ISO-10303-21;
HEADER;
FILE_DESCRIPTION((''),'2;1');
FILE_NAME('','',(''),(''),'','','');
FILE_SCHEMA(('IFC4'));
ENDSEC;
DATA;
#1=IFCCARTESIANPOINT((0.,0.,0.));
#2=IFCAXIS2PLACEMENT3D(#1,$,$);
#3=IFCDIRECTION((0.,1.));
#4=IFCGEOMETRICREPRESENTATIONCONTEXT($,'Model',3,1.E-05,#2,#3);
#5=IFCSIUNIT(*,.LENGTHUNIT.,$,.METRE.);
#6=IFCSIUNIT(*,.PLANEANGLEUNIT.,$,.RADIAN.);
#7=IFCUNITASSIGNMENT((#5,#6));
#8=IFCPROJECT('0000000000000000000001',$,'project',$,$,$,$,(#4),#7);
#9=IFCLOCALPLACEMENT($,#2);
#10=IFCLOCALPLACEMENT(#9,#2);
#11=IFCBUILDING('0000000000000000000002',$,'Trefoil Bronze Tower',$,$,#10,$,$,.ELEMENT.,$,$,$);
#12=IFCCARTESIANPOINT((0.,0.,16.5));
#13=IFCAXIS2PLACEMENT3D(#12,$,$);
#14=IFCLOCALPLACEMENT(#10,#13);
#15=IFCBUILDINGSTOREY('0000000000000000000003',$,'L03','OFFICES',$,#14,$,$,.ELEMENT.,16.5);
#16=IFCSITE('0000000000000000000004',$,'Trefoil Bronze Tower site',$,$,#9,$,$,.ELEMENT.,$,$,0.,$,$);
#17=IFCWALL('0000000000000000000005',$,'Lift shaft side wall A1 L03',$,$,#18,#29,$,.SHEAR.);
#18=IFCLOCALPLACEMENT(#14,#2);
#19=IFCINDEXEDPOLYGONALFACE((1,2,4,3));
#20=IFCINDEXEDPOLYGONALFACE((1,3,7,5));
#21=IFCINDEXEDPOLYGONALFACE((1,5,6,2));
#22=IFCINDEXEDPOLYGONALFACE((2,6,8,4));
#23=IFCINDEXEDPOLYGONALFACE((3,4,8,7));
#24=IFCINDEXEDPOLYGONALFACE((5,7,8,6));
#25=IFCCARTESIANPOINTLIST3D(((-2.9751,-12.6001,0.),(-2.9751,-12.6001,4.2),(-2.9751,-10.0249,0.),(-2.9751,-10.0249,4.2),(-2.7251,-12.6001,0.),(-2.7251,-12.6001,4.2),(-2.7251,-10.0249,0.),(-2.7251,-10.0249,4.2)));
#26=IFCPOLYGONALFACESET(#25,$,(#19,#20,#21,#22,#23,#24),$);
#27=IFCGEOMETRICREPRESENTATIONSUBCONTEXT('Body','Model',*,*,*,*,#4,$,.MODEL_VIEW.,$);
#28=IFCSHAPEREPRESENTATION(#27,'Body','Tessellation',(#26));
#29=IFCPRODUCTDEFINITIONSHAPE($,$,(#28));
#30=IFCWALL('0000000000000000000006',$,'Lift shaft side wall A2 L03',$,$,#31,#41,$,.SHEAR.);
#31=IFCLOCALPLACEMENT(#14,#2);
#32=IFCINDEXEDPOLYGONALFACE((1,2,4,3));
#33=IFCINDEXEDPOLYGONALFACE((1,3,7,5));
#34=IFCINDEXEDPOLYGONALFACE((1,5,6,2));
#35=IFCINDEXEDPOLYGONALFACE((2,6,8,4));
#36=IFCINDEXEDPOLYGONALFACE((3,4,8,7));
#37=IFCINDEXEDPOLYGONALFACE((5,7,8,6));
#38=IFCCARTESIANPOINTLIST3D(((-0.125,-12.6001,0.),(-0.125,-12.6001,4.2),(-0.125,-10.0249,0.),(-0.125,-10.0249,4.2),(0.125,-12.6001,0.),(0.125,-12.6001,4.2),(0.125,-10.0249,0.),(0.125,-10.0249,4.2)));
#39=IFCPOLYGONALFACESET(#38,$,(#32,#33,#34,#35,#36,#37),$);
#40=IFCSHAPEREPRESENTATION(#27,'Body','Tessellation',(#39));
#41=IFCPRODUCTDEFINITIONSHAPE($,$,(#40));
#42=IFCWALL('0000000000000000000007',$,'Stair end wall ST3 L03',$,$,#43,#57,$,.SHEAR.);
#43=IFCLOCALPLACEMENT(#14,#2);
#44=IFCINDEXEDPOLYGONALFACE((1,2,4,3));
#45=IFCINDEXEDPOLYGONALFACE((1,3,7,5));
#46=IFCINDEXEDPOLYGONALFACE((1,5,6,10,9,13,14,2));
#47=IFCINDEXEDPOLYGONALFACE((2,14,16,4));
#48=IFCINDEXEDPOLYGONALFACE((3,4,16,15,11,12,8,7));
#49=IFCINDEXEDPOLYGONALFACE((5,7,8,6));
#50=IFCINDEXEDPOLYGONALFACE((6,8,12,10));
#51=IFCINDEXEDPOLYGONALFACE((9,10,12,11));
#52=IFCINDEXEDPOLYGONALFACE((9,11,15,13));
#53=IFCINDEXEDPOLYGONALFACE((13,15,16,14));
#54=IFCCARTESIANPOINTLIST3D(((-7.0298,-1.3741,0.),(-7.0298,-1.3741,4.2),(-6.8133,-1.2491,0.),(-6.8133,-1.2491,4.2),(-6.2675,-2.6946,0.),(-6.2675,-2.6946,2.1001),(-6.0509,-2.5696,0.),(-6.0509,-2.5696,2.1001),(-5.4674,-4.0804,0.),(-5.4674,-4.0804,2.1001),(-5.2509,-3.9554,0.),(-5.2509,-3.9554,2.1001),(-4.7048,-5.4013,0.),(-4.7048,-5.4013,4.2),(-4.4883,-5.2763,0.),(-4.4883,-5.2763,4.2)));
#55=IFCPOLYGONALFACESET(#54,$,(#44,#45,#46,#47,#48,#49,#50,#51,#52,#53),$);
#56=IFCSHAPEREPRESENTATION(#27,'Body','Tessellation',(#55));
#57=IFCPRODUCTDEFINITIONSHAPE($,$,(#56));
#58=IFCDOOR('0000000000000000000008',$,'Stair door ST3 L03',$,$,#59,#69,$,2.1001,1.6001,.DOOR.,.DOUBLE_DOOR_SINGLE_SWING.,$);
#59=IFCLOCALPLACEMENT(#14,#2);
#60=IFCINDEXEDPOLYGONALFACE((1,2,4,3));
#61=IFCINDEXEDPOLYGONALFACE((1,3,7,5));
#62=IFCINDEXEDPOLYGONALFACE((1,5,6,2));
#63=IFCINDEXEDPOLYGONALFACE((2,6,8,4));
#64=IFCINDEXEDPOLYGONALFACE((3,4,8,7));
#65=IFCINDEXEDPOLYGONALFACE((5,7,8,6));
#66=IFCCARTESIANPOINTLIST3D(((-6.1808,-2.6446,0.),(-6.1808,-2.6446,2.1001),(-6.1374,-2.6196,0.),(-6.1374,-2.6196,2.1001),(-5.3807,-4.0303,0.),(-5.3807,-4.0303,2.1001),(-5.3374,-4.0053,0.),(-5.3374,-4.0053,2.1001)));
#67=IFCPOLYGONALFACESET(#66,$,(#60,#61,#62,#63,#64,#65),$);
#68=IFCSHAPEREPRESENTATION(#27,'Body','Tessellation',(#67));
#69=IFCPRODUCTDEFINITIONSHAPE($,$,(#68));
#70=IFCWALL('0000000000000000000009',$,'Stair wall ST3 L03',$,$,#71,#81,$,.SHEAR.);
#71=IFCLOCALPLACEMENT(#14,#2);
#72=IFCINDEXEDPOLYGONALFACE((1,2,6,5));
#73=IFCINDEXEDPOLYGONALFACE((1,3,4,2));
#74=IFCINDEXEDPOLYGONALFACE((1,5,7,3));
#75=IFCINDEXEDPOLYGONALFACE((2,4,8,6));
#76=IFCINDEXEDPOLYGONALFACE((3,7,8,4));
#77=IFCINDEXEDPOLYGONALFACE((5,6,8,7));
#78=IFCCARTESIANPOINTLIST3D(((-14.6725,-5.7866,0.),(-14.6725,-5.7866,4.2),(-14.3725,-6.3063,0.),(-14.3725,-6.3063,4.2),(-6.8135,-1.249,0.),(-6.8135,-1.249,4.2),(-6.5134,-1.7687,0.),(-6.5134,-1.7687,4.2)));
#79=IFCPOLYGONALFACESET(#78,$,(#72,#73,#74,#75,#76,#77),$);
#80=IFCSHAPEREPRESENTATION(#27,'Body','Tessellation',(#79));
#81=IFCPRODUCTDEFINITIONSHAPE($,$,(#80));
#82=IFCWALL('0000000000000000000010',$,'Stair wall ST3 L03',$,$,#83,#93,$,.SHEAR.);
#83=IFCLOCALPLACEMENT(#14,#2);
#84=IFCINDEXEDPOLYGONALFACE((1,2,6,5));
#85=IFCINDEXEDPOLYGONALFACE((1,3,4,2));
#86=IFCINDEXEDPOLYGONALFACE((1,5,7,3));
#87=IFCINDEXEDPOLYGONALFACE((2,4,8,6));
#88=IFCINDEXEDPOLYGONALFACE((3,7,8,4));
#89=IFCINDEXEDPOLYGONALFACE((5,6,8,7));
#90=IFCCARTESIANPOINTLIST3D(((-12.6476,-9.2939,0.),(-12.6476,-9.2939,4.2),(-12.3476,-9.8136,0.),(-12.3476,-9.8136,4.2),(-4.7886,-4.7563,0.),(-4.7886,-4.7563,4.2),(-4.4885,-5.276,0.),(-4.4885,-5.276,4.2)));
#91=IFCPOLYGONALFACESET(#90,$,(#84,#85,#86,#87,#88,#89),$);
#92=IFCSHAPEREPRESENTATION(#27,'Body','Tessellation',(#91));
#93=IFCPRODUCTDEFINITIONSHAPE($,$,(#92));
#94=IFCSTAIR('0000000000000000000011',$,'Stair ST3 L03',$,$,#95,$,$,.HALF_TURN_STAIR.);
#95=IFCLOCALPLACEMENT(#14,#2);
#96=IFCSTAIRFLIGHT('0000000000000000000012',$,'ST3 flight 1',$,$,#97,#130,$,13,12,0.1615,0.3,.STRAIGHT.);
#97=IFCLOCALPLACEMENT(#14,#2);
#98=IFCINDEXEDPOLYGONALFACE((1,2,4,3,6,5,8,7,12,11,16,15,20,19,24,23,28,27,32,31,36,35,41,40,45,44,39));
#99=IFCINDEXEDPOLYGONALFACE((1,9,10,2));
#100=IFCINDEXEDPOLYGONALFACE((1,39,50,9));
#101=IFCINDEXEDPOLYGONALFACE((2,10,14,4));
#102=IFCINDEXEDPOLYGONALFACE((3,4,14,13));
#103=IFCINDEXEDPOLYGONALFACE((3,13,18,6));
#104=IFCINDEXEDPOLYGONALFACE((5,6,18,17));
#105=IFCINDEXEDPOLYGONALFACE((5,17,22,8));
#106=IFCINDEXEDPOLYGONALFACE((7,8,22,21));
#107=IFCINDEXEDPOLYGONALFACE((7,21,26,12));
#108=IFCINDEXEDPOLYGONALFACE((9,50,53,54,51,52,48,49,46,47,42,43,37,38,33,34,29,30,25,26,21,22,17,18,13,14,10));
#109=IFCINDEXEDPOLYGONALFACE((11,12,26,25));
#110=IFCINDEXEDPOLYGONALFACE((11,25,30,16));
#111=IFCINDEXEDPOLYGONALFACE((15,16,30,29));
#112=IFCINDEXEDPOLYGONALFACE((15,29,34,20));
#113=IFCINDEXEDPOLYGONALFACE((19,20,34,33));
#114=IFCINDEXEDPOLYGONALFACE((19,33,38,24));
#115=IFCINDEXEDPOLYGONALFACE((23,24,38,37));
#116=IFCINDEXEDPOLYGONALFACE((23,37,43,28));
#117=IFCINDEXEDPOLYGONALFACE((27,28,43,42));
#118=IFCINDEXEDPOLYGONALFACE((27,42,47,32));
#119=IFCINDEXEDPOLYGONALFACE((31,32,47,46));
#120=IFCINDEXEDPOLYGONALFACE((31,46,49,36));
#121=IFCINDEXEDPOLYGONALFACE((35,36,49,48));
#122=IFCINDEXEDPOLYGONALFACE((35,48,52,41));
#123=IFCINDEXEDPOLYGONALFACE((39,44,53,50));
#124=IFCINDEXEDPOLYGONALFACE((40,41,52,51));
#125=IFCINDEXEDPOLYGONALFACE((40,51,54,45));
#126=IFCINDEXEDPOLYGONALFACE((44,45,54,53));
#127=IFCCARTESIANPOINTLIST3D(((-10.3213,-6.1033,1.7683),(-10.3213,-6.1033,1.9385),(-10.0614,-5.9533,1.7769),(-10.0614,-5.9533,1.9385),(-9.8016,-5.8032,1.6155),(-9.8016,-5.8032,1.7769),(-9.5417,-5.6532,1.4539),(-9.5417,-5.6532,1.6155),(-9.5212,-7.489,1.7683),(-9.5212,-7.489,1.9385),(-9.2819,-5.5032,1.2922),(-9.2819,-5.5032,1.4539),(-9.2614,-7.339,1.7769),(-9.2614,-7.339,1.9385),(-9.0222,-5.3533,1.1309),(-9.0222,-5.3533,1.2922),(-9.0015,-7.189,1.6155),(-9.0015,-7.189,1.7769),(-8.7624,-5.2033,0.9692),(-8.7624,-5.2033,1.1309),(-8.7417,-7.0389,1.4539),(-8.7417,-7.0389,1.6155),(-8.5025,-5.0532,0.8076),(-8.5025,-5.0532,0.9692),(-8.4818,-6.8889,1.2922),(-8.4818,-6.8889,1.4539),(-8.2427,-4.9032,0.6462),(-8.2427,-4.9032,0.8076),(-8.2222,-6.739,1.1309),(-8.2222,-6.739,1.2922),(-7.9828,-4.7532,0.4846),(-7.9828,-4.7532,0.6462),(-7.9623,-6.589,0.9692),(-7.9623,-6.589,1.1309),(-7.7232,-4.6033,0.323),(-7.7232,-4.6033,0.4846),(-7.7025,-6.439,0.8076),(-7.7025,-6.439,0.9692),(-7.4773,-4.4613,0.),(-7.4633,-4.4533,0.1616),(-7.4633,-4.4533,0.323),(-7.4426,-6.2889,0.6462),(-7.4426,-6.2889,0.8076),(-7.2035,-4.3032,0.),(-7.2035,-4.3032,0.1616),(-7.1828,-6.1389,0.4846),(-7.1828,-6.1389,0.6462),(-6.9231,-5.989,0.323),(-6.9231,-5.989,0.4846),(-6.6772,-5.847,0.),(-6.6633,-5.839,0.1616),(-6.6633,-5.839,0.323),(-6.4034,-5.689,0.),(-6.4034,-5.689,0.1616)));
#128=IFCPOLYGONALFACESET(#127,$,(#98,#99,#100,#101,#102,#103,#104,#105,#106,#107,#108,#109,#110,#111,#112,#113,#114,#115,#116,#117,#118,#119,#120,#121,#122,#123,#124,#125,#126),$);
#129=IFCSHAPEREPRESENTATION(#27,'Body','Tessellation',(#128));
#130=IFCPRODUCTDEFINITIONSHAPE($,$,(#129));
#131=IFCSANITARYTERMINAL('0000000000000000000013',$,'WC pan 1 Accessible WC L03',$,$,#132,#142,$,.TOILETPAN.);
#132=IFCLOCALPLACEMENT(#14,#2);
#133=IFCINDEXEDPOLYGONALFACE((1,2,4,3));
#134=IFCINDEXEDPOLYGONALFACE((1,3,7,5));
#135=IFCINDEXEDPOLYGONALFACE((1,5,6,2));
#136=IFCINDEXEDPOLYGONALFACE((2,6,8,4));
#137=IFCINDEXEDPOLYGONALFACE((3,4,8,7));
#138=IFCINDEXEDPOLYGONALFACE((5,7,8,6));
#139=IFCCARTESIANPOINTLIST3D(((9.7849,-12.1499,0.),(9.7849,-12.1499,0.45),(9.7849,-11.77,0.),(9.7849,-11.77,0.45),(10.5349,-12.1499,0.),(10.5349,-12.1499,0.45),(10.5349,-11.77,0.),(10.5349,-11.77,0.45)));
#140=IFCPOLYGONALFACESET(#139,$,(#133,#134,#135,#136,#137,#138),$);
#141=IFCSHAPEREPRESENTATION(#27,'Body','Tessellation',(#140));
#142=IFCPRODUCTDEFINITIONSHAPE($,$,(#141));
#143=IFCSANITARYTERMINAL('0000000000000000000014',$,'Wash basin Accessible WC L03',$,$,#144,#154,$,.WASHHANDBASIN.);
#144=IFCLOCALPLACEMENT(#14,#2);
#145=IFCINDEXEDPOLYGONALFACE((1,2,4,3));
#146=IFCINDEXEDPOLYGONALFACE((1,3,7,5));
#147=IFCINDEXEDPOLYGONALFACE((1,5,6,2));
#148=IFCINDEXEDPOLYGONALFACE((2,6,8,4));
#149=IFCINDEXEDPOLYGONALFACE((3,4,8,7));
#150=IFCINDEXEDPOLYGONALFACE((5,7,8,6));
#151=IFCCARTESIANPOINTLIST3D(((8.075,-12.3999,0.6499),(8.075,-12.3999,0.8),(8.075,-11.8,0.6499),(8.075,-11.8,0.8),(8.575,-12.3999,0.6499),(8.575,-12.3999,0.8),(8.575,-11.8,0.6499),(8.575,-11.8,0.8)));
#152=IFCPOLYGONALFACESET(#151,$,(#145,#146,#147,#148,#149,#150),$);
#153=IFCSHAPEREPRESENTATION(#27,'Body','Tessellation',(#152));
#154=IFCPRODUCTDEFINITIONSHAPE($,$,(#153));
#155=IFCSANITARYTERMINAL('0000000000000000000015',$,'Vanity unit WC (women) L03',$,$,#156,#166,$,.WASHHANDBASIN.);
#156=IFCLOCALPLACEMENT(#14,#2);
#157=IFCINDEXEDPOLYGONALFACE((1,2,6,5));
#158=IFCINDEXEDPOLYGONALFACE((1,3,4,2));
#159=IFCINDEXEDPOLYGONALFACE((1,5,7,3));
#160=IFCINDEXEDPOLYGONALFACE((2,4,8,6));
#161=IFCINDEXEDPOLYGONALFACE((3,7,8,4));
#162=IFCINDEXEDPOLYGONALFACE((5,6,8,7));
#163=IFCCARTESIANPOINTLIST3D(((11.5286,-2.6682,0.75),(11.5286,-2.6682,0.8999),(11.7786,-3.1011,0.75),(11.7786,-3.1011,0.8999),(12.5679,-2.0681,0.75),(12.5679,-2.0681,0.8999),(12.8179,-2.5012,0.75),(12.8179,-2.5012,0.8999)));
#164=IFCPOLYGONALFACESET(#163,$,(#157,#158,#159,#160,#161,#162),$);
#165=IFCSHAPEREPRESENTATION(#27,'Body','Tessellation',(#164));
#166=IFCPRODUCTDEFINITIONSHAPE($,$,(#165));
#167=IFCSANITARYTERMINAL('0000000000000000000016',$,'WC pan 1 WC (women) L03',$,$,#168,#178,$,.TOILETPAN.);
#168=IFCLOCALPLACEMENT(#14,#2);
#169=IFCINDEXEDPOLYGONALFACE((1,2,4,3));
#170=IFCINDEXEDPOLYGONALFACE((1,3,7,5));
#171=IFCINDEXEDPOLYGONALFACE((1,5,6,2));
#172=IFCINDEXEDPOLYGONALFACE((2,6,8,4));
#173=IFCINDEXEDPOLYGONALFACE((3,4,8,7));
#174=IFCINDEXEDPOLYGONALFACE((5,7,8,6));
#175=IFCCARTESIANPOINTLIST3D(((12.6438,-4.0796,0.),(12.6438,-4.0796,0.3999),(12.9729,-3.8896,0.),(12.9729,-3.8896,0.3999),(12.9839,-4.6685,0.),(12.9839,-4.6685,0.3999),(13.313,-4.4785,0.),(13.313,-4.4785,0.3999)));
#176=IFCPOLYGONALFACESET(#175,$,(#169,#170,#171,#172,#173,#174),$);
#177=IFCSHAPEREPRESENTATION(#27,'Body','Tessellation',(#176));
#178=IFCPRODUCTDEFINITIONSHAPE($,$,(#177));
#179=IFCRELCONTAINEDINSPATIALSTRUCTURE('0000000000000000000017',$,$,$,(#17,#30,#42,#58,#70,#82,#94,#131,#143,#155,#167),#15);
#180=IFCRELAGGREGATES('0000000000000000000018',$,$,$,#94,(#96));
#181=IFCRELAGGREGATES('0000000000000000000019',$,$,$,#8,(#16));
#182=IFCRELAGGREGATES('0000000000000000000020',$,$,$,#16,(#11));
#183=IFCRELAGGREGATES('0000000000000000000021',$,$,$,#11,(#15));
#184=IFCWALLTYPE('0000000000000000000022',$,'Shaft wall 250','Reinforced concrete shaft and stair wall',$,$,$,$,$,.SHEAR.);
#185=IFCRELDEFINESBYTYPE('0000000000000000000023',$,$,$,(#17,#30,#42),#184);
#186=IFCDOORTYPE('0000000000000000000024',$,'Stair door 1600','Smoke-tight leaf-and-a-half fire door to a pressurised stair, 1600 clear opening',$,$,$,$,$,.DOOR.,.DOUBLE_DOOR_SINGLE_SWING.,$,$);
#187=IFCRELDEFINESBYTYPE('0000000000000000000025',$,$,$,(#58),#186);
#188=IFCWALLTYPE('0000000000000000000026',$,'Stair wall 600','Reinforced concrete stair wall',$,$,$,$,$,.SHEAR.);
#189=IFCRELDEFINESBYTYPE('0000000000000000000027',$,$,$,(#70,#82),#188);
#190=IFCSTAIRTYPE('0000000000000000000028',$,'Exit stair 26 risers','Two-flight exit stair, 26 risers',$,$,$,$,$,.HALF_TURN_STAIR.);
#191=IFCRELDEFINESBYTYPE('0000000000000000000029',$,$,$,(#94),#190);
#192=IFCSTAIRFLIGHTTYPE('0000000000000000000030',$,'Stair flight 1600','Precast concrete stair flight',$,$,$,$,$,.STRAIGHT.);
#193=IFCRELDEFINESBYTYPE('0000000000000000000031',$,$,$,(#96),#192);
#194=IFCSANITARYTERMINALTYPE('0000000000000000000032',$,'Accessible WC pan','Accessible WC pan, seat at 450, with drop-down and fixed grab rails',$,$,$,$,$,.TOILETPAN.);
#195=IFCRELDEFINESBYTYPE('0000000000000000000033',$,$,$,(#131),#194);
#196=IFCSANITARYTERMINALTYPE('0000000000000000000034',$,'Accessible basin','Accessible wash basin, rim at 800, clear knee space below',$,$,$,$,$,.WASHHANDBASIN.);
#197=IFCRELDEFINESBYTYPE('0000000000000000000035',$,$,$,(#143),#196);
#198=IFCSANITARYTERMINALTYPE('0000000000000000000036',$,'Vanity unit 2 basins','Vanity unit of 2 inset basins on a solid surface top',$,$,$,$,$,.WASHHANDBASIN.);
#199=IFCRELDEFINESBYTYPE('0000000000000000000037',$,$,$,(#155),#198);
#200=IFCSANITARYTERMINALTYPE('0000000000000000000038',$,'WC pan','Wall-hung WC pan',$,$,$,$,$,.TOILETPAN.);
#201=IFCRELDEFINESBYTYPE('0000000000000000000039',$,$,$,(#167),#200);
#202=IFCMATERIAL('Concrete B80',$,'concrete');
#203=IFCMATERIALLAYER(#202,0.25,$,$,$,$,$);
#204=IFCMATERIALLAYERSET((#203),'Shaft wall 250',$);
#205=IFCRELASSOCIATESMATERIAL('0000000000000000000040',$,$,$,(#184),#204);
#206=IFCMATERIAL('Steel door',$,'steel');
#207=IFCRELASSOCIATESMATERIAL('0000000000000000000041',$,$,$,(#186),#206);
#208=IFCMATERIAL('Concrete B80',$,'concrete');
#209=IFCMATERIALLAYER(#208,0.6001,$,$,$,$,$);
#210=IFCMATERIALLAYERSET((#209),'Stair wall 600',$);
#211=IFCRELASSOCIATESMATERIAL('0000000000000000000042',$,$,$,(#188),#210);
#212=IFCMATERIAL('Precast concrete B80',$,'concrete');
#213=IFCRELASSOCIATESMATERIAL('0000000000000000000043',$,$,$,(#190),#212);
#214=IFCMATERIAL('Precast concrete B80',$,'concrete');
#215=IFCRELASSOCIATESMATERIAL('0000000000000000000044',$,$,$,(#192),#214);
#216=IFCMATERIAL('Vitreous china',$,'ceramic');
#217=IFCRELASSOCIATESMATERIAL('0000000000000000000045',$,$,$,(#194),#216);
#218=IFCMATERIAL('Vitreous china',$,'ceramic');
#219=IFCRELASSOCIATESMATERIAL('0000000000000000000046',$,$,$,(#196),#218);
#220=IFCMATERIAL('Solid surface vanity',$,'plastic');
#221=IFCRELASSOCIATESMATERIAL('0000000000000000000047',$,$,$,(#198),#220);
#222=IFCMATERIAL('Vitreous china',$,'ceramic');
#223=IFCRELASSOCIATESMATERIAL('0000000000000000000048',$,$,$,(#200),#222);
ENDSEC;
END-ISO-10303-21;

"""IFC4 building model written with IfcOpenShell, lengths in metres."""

from ifc_helpers import new_model, si_unit, direction, frame, frame_2d, origin, place, context, subcontext, project, spatial, polyline, rectangle, outline, extrude, material, layer, layer_set, type_object, element, fill, aggregate, save


model = new_model("IFC4")

# Units and contexts
model_context = context("Model", 3, precision=1e-05, world=origin(), true_north=direction((0.0, 1.0)))
body_context = subcontext(model_context, "Body", "Model", "MODEL_VIEW")
ifc_project = project(units=[si_unit("LENGTHUNIT", "METRE"), si_unit("PLANEANGLEUNIT", "RADIAN")], contexts=[model_context])

# Site, building, storey
site_placement = place(None, origin())
site = spatial("IfcSite", under=ifc_project, at=site_placement, Name="Trefoil Bronze Tower site", CompositionType="ELEMENT", RefElevation=0.0)
building_placement = place(site_placement, origin())
building = spatial("IfcBuilding", under=site, at=building_placement, Name="Trefoil Bronze Tower", CompositionType="ELEMENT")
storey_placement = place(building_placement, frame((0.0, 0.0, 16.5)))
storey = spatial("IfcBuildingStorey", under=building, at=storey_placement, Name="L03", Description="OFFICES", CompositionType="ELEMENT", Elevation=16.5)

# Shared definitions
ifc_material_1 = material(Name="Concrete B80", Category="concrete")
ifc_layer_1 = layer(ifc_material_1, 0.25)
ifc_layer_set_1 = layer_set([ifc_layer_1], Name="Shaft wall 250")
wall_type_1 = type_object("IfcWallType", Name="Shaft wall 250", Description="Reinforced concrete shaft and stair wall", PredefinedType="SHEAR", material=ifc_layer_set_1)

# Walls
for number, where, z_axis, x_axis, name in (
    (1, (-2.8501, -10.0249, 0.0), (0.0, 0.0, 1.0), (0.0, -1.0, 0.0), "Lift shaft side wall A1 L03"),
    (2, (0.0, -10.0249, 0.0), (0.0, 0.0, 1.0), (0.0, -1.0, 0.0), "Lift shaft side wall A2 L03"),
):
    element("IfcWall", number, at=place(storey_placement, frame(where, z_axis=z_axis, x_axis=x_axis)), inside=storey, type_object=wall_type_1, Name=name, PredefinedType="SHEAR", context=body_context, shape_type="SweptSolid", body=[
        extrude(rectangle(XDim=2.5752, YDim=0.25, at=frame_2d((1.2876, 0.0))), origin(), (0.0, 0.0, 1.0), 4.2),
    ])

# Wall, opening, door
wall_1_placement = place(storey_placement, frame((-6.9216, -1.3115, 0.0), z_axis=(0.0, 0.0, 1.0), x_axis=(0.499985, -0.866034, 0.0)))
wall_1 = element("IfcWall", 3, at=wall_1_placement, inside=storey, type_object=wall_type_1, Name="Stair end wall ST3 L03", PredefinedType="SHEAR", context=body_context, shape_type="SweptSolid", body=[
    extrude(rectangle(XDim=4.6501, YDim=0.25, at=frame_2d((2.3252, 0.0))), origin(), (0.0, 0.0, 1.0), 4.2),
])
opening_1_placement = place(wall_1_placement, frame((1.5249, 0.0, 0.0)))
opening_1 = element("IfcOpeningElement", 4, at=opening_1_placement, cuts=wall_1, PredefinedType="OPENING", context=body_context, shape_type="SweptSolid", body=[
    extrude(rectangle(XDim=1.6001, YDim=2.1001, at=frame_2d((0.8, 1.05))), frame((0.0, 0.135, 0.0), z_axis=(0.0, -1.0, 0.0), x_axis=(1.0, 0.0, 0.0)), (0.0, 0.0, 1.0), 0.27),
])
ifc_material_2 = material(Name="Steel door", Category="steel")
door_type_1 = type_object("IfcDoorType", Name="Stair door 1600", Description="Smoke-tight leaf-and-a-half fire door to a pressurised stair, 1600 clear opening", OperationType="DOUBLE_DOOR_SINGLE_SWING", PredefinedType="DOOR", material=ifc_material_2)
door_1_placement = place(opening_1_placement, frame((1.6001, 0.0, 0.0), z_axis=(0.0, 0.0, 1.0), x_axis=(-1.0, 0.0, 0.0)))
door_1 = element("IfcDoor", 5, at=door_1_placement, inside=storey, type_object=door_type_1, Name="Stair door ST3 L03", OperationType="DOUBLE_DOOR_SINGLE_SWING", OverallHeight=2.1001, OverallWidth=1.6001, PredefinedType="DOOR", context=body_context, shape_type="SweptSolid", body=[
    extrude(rectangle(XDim=1.6001, YDim=2.1001, at=frame_2d((0.8, 1.05))), frame((0.0, 0.0249, 0.0), z_axis=(0.0, -1.0, 0.0), x_axis=(1.0, 0.0, 0.0)), (0.0, 0.0, 1.0), 0.05),
])
fill(opening_1, door_1)

# Walls
ifc_material_3 = material(Name="Concrete B80", Category="concrete")
ifc_layer_2 = layer(ifc_material_3, 0.6001)
ifc_layer_set_2 = layer_set([ifc_layer_2], Name="Stair wall 600")
wall_type_2 = type_object("IfcWallType", Name="Stair wall 600", Description="Reinforced concrete stair wall", PredefinedType="SHEAR", material=ifc_layer_set_2)
for number, where, z_axis, x_axis, name in (
    (6, (-6.6633, -1.5088, 0.0), (0.0, 0.0, 1.0), (-0.866019, -0.50001, 0.0), "Stair wall ST3 L03"),
    (7, (-4.6384, -5.0161, 0.0), (0.0, 0.0, 1.0), (-0.866019, -0.50001, 0.0), "Stair wall ST3 L03"),
):
    element("IfcWall", number, at=place(storey_placement, frame(where, z_axis=z_axis, x_axis=x_axis)), inside=storey, type_object=wall_type_2, Name=name, PredefinedType="SHEAR", context=body_context, shape_type="SweptSolid", body=[
        extrude(rectangle(XDim=9.075, YDim=0.6001, at=frame_2d((4.5376, 0.0))), origin(), (0.0, 0.0, 1.0), 4.2),
    ])

# Stair, stair flight
ifc_material_4 = material(Name="Precast concrete B80", Category="concrete")
stair_type = type_object("IfcStairType", Name="Exit stair 26 risers", Description="Two-flight exit stair, 26 risers", PredefinedType="HALF_TURN_STAIR", material=ifc_material_4)
stair_placement = place(storey_placement, origin())
stair = element("IfcStair", 8, at=stair_placement, inside=storey, type_object=stair_type, Name="Stair ST3 L03", PredefinedType="HALF_TURN_STAIR")
ifc_material_5 = material(Name="Precast concrete B80", Category="concrete")
stair_flight_type = type_object("IfcStairFlightType", Name="Stair flight 1600", Description="Precast concrete stair flight", PredefinedType="STRAIGHT", material=ifc_material_5)
stair_flight_placement = place(storey_placement, frame((-6.8035, -4.9961, 0.0), z_axis=(0.0, 0.0, 1.0), x_axis=(-0.866025, -0.5, 0.0)))
stair_flight = element("IfcStairFlight", 9, at=stair_flight_placement, type_object=stair_flight_type, Name="ST3 flight 1", NumberOfRisers=13, NumberOfTreads=12, PredefinedType="STRAIGHT", RiserHeight=0.1615, TreadLength=0.3, context=body_context, shape_type="SweptSolid", body=[
    extrude(outline(polyline([(0.0, 0.0), (0.0, 0.1616), (0.3, 0.1616), (0.3, 0.323), (0.6001, 0.323), (0.6001, 0.4846), (0.8999, 0.4846), (0.8999, 0.6462), (1.2, 0.6462), (1.2, 0.8076), (1.5, 0.8076), (1.5, 0.9692), (1.8, 0.9692), (1.8, 1.1309), (2.1001, 1.1309), (2.1001, 1.2922), (2.3999, 1.2922), (2.3999, 1.4539), (2.7, 1.4539), (2.7, 1.6155), (3.0, 1.6155), (3.0, 1.7769), (3.3, 1.7769), (3.3, 1.9385), (3.6001, 1.9385), (3.6001, 2.1001), (3.6001, 1.7683), (0.3162, 0.0), (0.0, 0.0)])), frame((0.0, 0.8, 0.0), z_axis=(0.0, -1.0, 0.0), x_axis=(1.0, 0.0, 0.0)), (0.0, 0.0, 1.0), 1.6001),
])
aggregate(stair, [stair_flight])

# Sanitary terminals
ifc_material_6 = material(Name="Vitreous china", Category="ceramic")
sanitary_terminal_type_1 = type_object("IfcSanitaryTerminalType", Name="Accessible WC pan", Description="Accessible WC pan, seat at 450, with drop-down and fixed grab rails", PredefinedType="TOILETPAN", material=ifc_material_6)
sanitary_terminal_1_placement = place(storey_placement, origin())
element("IfcSanitaryTerminal", 10, at=sanitary_terminal_1_placement, inside=storey, type_object=sanitary_terminal_type_1, Name="WC pan 1 Accessible WC L03", PredefinedType="TOILETPAN", context=body_context, shape_type="SweptSolid", body=[
    extrude(outline(polyline([(9.7849, -11.77), (10.5349, -11.77), (10.5349, -12.1499), (9.7849, -12.1499), (9.7849, -11.77)])), origin(), (0.0, 0.0, 1.0), 0.45),
])
ifc_material_7 = material(Name="Vitreous china", Category="ceramic")
sanitary_terminal_type_2 = type_object("IfcSanitaryTerminalType", Name="Accessible basin", Description="Accessible wash basin, rim at 800, clear knee space below", PredefinedType="WASHHANDBASIN", material=ifc_material_7)
sanitary_terminal_2_placement = place(storey_placement, frame((0.0, 0.0, 0.6499)))
element("IfcSanitaryTerminal", 11, at=sanitary_terminal_2_placement, inside=storey, type_object=sanitary_terminal_type_2, Name="Wash basin Accessible WC L03", PredefinedType="WASHHANDBASIN", context=body_context, shape_type="SweptSolid", body=[
    extrude(outline(polyline([(8.075, -11.8), (8.575, -11.8), (8.575, -12.3999), (8.075, -12.3999), (8.075, -11.8)])), origin(), (0.0, 0.0, 1.0), 0.1501),
])
ifc_material_8 = material(Name="Solid surface vanity", Category="plastic")
sanitary_terminal_type_3 = type_object("IfcSanitaryTerminalType", Name="Vanity unit 2 basins", Description="Vanity unit of 2 inset basins on a solid surface top", PredefinedType="WASHHANDBASIN", material=ifc_material_8)
sanitary_terminal_3_placement = place(storey_placement, frame((0.0, 0.0, 0.75)))
element("IfcSanitaryTerminal", 12, at=sanitary_terminal_3_placement, inside=storey, type_object=sanitary_terminal_type_3, Name="Vanity unit WC (women) L03", PredefinedType="WASHHANDBASIN", context=body_context, shape_type="SweptSolid", body=[
    extrude(outline(polyline([(11.5286, -2.6682), (11.7786, -3.1011), (12.8179, -2.5012), (12.5679, -2.0681), (11.5286, -2.6682)])), origin(), (0.0, 0.0, 1.0), 0.1499),
])
ifc_material_9 = material(Name="Vitreous china", Category="ceramic")
sanitary_terminal_type_4 = type_object("IfcSanitaryTerminalType", Name="WC pan", Description="Wall-hung WC pan", PredefinedType="TOILETPAN", material=ifc_material_9)
sanitary_terminal_4_placement = place(storey_placement, origin())
element("IfcSanitaryTerminal", 13, at=sanitary_terminal_4_placement, inside=storey, type_object=sanitary_terminal_type_4, Name="WC pan 1 WC (women) L03", PredefinedType="TOILETPAN", context=body_context, shape_type="SweptSolid", body=[
    extrude(outline(polyline([(12.6438, -4.0796), (12.9839, -4.6685), (13.313, -4.4785), (12.9729, -3.8896), (12.6438, -4.0796)])), origin(), (0.0, 0.0, 1.0), 0.3999),
])

save(model, "model.ifc")
